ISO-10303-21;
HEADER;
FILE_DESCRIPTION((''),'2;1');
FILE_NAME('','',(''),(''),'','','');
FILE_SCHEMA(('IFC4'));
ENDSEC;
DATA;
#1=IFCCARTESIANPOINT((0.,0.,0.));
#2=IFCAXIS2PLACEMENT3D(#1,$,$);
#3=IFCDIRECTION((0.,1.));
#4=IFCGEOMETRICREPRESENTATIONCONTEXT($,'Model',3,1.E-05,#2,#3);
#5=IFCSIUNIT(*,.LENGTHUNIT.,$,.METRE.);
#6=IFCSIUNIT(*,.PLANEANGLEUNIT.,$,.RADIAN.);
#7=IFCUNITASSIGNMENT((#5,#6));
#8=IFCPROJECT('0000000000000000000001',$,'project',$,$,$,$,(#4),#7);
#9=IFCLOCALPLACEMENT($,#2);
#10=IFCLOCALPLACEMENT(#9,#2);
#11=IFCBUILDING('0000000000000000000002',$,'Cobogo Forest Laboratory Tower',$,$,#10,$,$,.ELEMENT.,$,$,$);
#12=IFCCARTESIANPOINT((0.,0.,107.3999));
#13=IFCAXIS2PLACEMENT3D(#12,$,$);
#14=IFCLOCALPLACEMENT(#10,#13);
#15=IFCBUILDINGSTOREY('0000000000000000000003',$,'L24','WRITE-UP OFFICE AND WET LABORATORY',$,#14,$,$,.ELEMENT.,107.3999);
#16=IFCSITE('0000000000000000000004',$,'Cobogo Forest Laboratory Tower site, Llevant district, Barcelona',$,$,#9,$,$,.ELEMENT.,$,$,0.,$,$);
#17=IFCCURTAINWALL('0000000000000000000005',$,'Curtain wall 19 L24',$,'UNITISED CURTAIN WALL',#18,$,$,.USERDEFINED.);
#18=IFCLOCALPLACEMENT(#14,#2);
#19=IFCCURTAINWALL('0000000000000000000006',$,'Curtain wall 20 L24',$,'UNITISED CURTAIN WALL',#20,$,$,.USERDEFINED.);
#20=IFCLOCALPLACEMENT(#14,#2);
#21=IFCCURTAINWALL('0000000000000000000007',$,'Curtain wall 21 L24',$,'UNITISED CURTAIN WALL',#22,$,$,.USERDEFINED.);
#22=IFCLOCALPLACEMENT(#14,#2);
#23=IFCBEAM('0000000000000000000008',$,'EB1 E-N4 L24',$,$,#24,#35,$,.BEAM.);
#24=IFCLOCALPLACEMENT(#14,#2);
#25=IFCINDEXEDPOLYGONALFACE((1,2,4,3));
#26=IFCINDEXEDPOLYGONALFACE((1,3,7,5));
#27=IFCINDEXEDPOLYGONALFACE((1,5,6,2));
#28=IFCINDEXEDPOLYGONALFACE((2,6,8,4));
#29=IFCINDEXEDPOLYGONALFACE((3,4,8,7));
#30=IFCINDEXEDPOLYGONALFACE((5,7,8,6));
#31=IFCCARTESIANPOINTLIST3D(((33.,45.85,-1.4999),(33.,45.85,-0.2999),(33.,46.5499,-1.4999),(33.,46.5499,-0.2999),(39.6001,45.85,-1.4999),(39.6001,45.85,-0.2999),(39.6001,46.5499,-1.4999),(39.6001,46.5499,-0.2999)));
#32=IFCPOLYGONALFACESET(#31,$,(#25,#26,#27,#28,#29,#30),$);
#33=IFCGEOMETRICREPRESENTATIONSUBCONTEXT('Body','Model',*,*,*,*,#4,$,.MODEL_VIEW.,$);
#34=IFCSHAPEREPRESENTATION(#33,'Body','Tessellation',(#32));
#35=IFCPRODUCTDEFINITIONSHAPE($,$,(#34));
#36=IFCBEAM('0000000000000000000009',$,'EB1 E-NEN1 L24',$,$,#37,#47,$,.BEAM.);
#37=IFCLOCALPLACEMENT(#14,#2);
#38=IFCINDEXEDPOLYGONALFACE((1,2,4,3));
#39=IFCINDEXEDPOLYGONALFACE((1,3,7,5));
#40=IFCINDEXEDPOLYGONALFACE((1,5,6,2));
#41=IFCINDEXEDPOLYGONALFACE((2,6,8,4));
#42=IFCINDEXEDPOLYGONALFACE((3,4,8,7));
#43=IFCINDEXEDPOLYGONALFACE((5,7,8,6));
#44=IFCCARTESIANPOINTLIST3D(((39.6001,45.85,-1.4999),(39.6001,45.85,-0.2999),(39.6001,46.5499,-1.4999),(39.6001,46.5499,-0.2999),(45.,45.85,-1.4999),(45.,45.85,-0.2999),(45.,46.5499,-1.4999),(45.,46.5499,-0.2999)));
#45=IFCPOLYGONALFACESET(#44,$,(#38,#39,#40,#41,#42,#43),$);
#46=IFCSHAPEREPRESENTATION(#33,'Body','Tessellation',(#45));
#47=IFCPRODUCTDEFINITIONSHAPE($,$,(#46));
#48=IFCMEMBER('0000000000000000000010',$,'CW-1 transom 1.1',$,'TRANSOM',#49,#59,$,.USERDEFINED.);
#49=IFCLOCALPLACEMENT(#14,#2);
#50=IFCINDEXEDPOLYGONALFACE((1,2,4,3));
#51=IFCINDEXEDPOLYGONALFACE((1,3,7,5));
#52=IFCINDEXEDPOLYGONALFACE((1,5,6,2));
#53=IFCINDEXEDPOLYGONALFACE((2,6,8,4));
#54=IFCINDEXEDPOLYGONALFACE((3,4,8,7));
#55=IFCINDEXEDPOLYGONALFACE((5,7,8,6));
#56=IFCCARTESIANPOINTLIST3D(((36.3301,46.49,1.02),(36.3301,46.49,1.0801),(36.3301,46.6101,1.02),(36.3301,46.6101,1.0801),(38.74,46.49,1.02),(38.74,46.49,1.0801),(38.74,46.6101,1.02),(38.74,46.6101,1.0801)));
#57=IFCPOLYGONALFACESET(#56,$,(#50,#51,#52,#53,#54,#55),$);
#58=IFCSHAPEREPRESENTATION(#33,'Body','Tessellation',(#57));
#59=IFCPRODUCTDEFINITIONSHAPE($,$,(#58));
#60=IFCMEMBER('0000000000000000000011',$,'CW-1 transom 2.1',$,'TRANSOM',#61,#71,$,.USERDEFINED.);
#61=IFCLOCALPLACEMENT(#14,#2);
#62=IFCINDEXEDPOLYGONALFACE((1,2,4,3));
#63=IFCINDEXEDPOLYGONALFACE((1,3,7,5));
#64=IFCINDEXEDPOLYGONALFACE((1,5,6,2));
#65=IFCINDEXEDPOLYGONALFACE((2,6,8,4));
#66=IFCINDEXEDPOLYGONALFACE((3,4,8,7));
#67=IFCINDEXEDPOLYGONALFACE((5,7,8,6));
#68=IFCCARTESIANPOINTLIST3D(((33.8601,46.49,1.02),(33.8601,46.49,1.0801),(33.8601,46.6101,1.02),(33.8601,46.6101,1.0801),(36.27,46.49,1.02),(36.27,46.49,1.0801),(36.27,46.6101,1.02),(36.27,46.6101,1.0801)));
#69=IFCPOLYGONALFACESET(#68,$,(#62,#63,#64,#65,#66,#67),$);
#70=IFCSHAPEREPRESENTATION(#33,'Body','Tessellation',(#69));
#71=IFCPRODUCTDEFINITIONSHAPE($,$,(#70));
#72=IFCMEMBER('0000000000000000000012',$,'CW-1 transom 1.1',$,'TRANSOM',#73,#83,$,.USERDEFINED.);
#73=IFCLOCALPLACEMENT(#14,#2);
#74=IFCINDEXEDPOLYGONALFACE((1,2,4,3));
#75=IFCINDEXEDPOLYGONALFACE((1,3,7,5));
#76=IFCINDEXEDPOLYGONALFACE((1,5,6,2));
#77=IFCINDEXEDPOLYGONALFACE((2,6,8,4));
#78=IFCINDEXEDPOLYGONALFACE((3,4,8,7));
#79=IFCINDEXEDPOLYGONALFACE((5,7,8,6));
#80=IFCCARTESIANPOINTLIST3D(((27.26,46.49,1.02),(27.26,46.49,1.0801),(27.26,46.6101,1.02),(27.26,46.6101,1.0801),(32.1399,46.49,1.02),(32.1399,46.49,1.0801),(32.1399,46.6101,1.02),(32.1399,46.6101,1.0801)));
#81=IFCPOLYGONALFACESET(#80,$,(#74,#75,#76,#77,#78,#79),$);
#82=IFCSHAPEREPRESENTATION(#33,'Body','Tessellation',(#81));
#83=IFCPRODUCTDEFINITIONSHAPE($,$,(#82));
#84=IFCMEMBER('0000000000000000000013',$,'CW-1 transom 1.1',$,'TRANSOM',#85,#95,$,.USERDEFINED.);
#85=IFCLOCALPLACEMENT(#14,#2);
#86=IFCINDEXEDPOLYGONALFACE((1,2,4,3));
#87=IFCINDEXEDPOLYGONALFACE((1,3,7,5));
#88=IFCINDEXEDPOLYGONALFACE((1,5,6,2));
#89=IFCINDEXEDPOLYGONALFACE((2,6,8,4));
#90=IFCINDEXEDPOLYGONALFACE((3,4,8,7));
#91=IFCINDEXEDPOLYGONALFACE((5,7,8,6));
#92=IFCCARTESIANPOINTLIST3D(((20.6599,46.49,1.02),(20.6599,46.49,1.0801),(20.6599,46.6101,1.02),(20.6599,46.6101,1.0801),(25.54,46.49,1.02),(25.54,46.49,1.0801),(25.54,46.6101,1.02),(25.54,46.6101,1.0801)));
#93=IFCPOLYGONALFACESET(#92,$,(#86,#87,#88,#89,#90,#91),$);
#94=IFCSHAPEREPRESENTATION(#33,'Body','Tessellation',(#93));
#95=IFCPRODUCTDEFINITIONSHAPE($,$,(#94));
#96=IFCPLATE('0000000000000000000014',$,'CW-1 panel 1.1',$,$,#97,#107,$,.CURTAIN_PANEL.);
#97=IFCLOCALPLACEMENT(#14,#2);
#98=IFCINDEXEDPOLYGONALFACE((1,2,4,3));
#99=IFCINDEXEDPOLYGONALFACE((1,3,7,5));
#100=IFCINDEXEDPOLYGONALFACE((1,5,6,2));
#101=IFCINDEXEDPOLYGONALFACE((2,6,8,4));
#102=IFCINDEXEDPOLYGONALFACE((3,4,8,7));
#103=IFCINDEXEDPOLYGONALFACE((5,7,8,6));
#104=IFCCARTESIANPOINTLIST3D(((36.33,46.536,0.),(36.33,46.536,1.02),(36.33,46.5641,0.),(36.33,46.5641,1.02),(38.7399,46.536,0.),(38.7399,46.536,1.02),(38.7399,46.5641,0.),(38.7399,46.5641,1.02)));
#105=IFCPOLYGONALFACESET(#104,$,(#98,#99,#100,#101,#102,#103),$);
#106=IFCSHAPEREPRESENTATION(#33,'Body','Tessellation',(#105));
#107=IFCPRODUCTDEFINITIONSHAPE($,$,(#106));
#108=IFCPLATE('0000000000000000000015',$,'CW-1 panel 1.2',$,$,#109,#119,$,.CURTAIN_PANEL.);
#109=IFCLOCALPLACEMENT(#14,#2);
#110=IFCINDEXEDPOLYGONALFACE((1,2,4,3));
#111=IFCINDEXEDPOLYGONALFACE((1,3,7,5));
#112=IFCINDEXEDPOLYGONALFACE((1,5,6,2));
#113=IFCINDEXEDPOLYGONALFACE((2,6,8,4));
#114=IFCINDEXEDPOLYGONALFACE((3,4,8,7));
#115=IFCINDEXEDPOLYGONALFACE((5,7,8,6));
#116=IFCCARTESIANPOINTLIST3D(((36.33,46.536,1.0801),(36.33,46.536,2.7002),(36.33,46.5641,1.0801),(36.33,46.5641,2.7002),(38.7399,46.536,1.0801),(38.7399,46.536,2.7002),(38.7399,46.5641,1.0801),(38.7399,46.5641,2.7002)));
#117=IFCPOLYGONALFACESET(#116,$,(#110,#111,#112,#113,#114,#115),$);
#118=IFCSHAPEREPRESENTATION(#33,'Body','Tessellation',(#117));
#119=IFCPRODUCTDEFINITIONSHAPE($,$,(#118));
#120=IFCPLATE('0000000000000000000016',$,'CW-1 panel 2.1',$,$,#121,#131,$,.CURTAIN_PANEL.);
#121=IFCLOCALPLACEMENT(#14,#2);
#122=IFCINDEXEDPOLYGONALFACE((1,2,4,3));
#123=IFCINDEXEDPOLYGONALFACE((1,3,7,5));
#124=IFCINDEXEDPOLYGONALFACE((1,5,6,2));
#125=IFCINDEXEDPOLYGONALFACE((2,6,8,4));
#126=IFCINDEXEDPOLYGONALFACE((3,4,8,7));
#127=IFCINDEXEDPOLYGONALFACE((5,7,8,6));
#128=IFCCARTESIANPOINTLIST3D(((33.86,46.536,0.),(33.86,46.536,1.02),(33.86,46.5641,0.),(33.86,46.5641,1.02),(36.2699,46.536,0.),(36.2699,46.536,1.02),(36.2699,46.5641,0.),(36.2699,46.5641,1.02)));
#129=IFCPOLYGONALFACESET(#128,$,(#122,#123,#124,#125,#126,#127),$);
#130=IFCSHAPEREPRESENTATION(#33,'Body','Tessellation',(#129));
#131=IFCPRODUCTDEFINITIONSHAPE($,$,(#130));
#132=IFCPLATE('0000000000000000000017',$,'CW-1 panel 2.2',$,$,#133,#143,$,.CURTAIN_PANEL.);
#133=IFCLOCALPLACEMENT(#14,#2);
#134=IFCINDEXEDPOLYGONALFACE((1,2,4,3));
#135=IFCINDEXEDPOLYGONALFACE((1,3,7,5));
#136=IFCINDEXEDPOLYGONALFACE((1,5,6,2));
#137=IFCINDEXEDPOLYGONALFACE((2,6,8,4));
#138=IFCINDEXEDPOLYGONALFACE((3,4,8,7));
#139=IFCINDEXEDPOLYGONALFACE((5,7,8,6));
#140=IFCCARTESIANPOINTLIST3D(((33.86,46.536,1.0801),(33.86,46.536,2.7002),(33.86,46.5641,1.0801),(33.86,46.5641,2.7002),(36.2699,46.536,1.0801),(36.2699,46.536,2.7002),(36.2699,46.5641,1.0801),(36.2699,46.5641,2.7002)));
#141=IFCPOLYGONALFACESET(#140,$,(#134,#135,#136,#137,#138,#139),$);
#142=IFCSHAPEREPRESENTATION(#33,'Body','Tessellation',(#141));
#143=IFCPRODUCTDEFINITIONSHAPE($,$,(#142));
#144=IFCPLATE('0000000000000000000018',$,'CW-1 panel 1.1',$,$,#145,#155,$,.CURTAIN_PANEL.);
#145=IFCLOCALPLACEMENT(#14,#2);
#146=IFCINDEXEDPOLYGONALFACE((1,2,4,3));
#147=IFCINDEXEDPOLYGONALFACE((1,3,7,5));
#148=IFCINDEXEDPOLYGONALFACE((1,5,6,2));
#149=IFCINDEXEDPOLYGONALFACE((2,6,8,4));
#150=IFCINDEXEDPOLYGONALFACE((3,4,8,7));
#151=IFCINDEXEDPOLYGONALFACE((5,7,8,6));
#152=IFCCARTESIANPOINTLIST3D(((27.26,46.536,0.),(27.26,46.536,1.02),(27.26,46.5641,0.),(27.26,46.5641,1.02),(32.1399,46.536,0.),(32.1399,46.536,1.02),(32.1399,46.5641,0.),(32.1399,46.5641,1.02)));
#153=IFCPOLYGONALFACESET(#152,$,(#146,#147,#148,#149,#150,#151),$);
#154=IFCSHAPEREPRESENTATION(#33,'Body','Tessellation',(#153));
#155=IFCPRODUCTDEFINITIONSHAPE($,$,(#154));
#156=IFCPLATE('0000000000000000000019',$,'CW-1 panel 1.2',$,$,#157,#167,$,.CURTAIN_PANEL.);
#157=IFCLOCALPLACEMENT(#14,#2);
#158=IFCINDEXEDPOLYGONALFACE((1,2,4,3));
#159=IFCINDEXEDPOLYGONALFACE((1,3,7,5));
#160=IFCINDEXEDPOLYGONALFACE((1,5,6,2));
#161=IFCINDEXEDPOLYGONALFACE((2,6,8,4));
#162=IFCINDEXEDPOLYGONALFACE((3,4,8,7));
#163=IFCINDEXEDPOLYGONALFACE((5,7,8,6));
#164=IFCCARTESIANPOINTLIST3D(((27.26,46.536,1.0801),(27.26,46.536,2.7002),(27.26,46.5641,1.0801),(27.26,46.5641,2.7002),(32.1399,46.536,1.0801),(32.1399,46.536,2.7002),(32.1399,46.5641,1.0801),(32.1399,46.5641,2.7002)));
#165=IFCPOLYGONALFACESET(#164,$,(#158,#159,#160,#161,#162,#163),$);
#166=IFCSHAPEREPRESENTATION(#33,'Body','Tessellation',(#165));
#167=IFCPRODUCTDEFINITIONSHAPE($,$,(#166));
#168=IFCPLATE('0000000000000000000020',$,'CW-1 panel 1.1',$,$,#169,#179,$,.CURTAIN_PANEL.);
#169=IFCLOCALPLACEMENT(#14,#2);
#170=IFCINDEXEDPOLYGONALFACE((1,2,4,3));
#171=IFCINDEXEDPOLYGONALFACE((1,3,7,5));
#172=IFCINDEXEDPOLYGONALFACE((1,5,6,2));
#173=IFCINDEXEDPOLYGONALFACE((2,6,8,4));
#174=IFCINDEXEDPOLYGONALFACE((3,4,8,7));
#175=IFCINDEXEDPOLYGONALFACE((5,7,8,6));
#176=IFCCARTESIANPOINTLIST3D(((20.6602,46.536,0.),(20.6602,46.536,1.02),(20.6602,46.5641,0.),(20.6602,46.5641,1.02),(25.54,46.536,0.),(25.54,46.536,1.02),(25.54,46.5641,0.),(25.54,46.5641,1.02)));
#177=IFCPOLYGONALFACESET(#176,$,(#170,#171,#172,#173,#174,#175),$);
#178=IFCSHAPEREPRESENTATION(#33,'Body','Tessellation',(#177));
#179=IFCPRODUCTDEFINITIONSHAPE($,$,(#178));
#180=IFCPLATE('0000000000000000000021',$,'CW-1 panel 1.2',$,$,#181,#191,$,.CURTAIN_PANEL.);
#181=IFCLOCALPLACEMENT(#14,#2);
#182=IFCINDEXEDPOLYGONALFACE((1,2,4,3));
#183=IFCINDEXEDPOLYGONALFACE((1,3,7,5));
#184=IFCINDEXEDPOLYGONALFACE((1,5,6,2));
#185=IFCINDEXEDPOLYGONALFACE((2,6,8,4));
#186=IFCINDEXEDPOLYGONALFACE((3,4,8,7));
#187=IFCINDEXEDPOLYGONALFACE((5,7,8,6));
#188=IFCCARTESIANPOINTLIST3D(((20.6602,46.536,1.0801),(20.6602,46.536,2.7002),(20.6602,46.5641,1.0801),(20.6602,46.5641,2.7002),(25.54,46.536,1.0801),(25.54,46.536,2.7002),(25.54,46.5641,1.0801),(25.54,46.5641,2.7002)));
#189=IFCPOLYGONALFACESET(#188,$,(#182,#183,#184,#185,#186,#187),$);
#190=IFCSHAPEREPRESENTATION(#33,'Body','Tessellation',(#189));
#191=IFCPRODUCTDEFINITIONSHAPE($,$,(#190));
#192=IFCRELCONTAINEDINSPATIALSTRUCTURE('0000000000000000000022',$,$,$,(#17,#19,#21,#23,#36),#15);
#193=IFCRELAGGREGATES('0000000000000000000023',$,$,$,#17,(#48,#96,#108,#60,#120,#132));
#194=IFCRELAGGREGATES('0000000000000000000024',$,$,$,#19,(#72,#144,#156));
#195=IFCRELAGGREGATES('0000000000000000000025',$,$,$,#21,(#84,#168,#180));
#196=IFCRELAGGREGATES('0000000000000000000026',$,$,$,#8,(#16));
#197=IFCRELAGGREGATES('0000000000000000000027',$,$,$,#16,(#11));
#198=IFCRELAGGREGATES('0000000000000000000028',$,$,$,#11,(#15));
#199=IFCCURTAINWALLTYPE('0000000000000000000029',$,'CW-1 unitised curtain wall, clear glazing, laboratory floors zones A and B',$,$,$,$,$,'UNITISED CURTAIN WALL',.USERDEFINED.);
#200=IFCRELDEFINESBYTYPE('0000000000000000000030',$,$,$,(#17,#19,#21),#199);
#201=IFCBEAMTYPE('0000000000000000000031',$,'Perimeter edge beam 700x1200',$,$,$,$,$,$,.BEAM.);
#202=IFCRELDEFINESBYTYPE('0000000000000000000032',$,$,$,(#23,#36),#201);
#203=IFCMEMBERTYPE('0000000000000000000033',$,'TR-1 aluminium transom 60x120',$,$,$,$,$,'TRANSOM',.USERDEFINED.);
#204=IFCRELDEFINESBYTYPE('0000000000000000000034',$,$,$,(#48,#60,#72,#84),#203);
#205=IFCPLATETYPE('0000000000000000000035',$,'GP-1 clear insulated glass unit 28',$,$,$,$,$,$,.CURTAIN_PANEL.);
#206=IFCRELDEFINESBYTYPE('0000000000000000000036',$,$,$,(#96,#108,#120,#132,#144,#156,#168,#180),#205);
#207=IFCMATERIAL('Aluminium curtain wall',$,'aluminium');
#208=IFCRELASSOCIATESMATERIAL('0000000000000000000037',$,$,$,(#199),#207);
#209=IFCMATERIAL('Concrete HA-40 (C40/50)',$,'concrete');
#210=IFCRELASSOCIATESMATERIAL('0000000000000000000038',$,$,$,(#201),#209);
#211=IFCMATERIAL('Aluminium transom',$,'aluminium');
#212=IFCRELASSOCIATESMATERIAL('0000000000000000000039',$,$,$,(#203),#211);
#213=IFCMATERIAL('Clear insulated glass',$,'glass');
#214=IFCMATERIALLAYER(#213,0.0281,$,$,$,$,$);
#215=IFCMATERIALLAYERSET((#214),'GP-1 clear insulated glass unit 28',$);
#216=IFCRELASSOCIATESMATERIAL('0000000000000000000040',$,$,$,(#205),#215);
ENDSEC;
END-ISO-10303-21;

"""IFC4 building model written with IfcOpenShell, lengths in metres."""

from ifc_helpers import new_model, si_unit, direction, frame, origin, origin_2d, place, context, subcontext, project, spatial, rectangle, extrude, material, layer, layer_set, material_profile, profile_set, type_object, element, aggregate, save


model = new_model("IFC4")

# Units and contexts
model_context = context("Model", 3, precision=1e-05, world=origin(), true_north=direction((0.0, 1.0)))
body_context = subcontext(model_context, "Body", "Model", "MODEL_VIEW")
ifc_project = project(units=[si_unit("LENGTHUNIT", "METRE"), si_unit("PLANEANGLEUNIT", "RADIAN")], contexts=[model_context])

# Site, building, storey
site_placement = place(None, origin())
site = spatial("IfcSite", under=ifc_project, at=site_placement, Name="Cobogo Forest Laboratory Tower site, Llevant district, Barcelona", CompositionType="ELEMENT", RefElevation=0.0)
building_placement = place(site_placement, origin())
building = spatial("IfcBuilding", under=site, at=building_placement, Name="Cobogo Forest Laboratory Tower", CompositionType="ELEMENT")
storey_placement = place(building_placement, frame((0.0, 0.0, 107.3999)))
storey = spatial("IfcBuildingStorey", under=building, at=storey_placement, Name="L24", Description="WRITE-UP OFFICE AND WET LABORATORY", CompositionType="ELEMENT", Elevation=107.3999)

# Shared definitions
ifc_material_1 = material(Name="Concrete HA-40 (C40/50)", Category="concrete")

# Shared definitions
ifc_material_2 = material(Name="Aluminium curtain wall", Category="aluminium")
curtain_wall_type = type_object("IfcCurtainWallType", Name="CW-1 unitised curtain wall, clear glazing, laboratory floors zones A and B", ElementType="UNITISED CURTAIN WALL", PredefinedType="USERDEFINED", material=ifc_material_2)

# Curtain walls
curtain_wall_1_placement = place(storey_placement, origin())
curtain_wall_1 = element("IfcCurtainWall", 1, at=curtain_wall_1_placement, inside=storey, type_object=curtain_wall_type, Name="Curtain wall 19 L24", ObjectType="UNITISED CURTAIN WALL", PredefinedType="USERDEFINED")
curtain_wall_2_placement = place(storey_placement, origin())
curtain_wall_2 = element("IfcCurtainWall", 2, at=curtain_wall_2_placement, inside=storey, type_object=curtain_wall_type, Name="Curtain wall 20 L24", ObjectType="UNITISED CURTAIN WALL", PredefinedType="USERDEFINED")
curtain_wall_3_placement = place(storey_placement, origin())
curtain_wall_3 = element("IfcCurtainWall", 3, at=curtain_wall_3_placement, inside=storey, type_object=curtain_wall_type, Name="Curtain wall 21 L24", ObjectType="UNITISED CURTAIN WALL", PredefinedType="USERDEFINED")

# Beams
ifc_material_profile_1 = material_profile(ifc_material_1, rectangle(XDim=0.7, YDim=1.2, at=origin_2d()), Name="RC 700x1200")
ifc_profile_set_1 = profile_set([ifc_material_profile_1], Name="Concrete HA-40 (C40/50)")
beam_type_1 = type_object("IfcBeamType", Name="Perimeter edge beam 700x1200", PredefinedType="BEAM", material=ifc_profile_set_1)
for number, where, z_axis, x_axis, name in (
    (4, (33.0, 46.2, -0.8999), (1.0, 0.0, 0.0), (0.0, 1.0, 0.0), "EB1 E-N4 L24"),
):
    element("IfcBeam", number, at=place(storey_placement, frame(where, z_axis=z_axis, x_axis=x_axis)), inside=storey, type_object=beam_type_1, Name=name, PredefinedType="BEAM", context=body_context, shape_type="SweptSolid", body=[
        extrude(rectangle(XDim=0.7, YDim=1.2, at=origin_2d()), origin(), (0.0, 0.0, 1.0), 6.6001),
    ])
beam_1_placement = place(storey_placement, frame((39.6001, 46.2, -0.8999), z_axis=(1.0, 0.0, 0.0), x_axis=(0.0, 1.0, 0.0)))
element("IfcBeam", 5, at=beam_1_placement, inside=storey, type_object=beam_type_1, Name="EB1 E-NEN1 L24", PredefinedType="BEAM", context=body_context, shape_type="SweptSolid", body=[
    extrude(rectangle(XDim=0.7, YDim=1.2, at=origin_2d()), origin(), (0.0, 0.0, 1.0), 5.3999),
])

# Members
ifc_material_3 = material(Name="Aluminium transom", Category="aluminium")
ifc_material_profile_2 = material_profile(ifc_material_3, rectangle(XDim=0.1201, YDim=0.0601, at=origin_2d()), Name="AL 60x120")
ifc_profile_set_2 = profile_set([ifc_material_profile_2], Name="Aluminium transom")
member_type_1 = type_object("IfcMemberType", Name="TR-1 aluminium transom 60x120", ElementType="TRANSOM", PredefinedType="USERDEFINED", material=ifc_profile_set_2)
member_1_placement = place(storey_placement, frame((38.74, 46.55, 1.05), z_axis=(-1.0, 0.0, 0.0), x_axis=(0.0, -1.0, 0.0)))
member_1 = element("IfcMember", 6, at=member_1_placement, type_object=member_type_1, Name="CW-1 transom 1.1", ObjectType="TRANSOM", PredefinedType="USERDEFINED", context=body_context, shape_type="SweptSolid", body=[
    extrude(rectangle(XDim=0.1201, YDim=0.0601, at=origin_2d()), origin(), (0.0, 0.0, 1.0), 2.4099),
])
member_2_placement = place(storey_placement, frame((36.27, 46.55, 1.05), z_axis=(-1.0, 0.0, 0.0), x_axis=(0.0, -1.0, 0.0)))
member_2 = element("IfcMember", 7, at=member_2_placement, type_object=member_type_1, Name="CW-1 transom 2.1", ObjectType="TRANSOM", PredefinedType="USERDEFINED", context=body_context, shape_type="SweptSolid", body=[
    extrude(rectangle(XDim=0.1201, YDim=0.0601, at=origin_2d()), origin(), (0.0, 0.0, 1.0), 2.4099),
])
member_3_placement = place(storey_placement, frame((32.1399, 46.55, 1.05), z_axis=(-1.0, 0.0, 0.0), x_axis=(0.0, -1.0, 0.0)))
member_3 = element("IfcMember", 8, at=member_3_placement, type_object=member_type_1, Name="CW-1 transom 1.1", ObjectType="TRANSOM", PredefinedType="USERDEFINED", context=body_context, shape_type="SweptSolid", body=[
    extrude(rectangle(XDim=0.1201, YDim=0.0601, at=origin_2d()), origin(), (0.0, 0.0, 1.0), 4.8799),
])
member_4_placement = place(storey_placement, frame((25.54, 46.55, 1.05), z_axis=(-1.0, 0.0, 0.0), x_axis=(0.0, -1.0, 0.0)))
member_4 = element("IfcMember", 9, at=member_4_placement, type_object=member_type_1, Name="CW-1 transom 1.1", ObjectType="TRANSOM", PredefinedType="USERDEFINED", context=body_context, shape_type="SweptSolid", body=[
    extrude(rectangle(XDim=0.1201, YDim=0.0601, at=origin_2d()), origin(), (0.0, 0.0, 1.0), 4.8801),
])

# Plates
ifc_material_4 = material(Name="Clear insulated glass", Category="glass")
ifc_layer_1 = layer(ifc_material_4, 0.0281)
ifc_layer_set_1 = layer_set([ifc_layer_1], Name="GP-1 clear insulated glass unit 28")
plate_type_1 = type_object("IfcPlateType", Name="GP-1 clear insulated glass unit 28", PredefinedType="CURTAIN_PANEL", material=ifc_layer_set_1)
plate_1_placement = place(storey_placement, frame((37.5349, 46.55, 0.0), z_axis=(0.0, 0.0, 1.0), x_axis=(-1.0, 0.0, 0.0)))
plate_1 = element("IfcPlate", 10, at=plate_1_placement, type_object=plate_type_1, Name="CW-1 panel 1.1", PredefinedType="CURTAIN_PANEL", context=body_context, shape_type="SweptSolid", body=[
    extrude(rectangle(XDim=2.4099, YDim=0.0281, at=origin_2d()), origin(), (0.0, 0.0, 1.0), 1.02),
])
plate_2_placement = place(storey_placement, frame((37.5349, 46.55, 1.0801), z_axis=(0.0, 0.0, 1.0), x_axis=(-1.0, 0.0, 0.0)))
plate_2 = element("IfcPlate", 11, at=plate_2_placement, type_object=plate_type_1, Name="CW-1 panel 1.2", PredefinedType="CURTAIN_PANEL", context=body_context, shape_type="SweptSolid", body=[
    extrude(rectangle(XDim=2.4099, YDim=0.0281, at=origin_2d()), origin(), (0.0, 0.0, 1.0), 1.6201),
])
plate_3_placement = place(storey_placement, frame((35.0649, 46.55, 0.0), z_axis=(0.0, 0.0, 1.0), x_axis=(-1.0, 0.0, 0.0)))
plate_3 = element("IfcPlate", 12, at=plate_3_placement, type_object=plate_type_1, Name="CW-1 panel 2.1", PredefinedType="CURTAIN_PANEL", context=body_context, shape_type="SweptSolid", body=[
    extrude(rectangle(XDim=2.4099, YDim=0.0281, at=origin_2d()), origin(), (0.0, 0.0, 1.0), 1.02),
])
plate_4_placement = place(storey_placement, frame((35.0649, 46.55, 1.0801), z_axis=(0.0, 0.0, 1.0), x_axis=(-1.0, 0.0, 0.0)))
plate_4 = element("IfcPlate", 13, at=plate_4_placement, type_object=plate_type_1, Name="CW-1 panel 2.2", PredefinedType="CURTAIN_PANEL", context=body_context, shape_type="SweptSolid", body=[
    extrude(rectangle(XDim=2.4099, YDim=0.0281, at=origin_2d()), origin(), (0.0, 0.0, 1.0), 1.6201),
])
aggregate(curtain_wall_1, [member_1, plate_1, plate_2, member_2, plate_3, plate_4])
plate_5_placement = place(storey_placement, frame((29.7, 46.55, 0.0), z_axis=(0.0, 0.0, 1.0), x_axis=(-1.0, 0.0, 0.0)))
plate_5 = element("IfcPlate", 14, at=plate_5_placement, type_object=plate_type_1, Name="CW-1 panel 1.1", PredefinedType="CURTAIN_PANEL", context=body_context, shape_type="SweptSolid", body=[
    extrude(rectangle(XDim=4.8799, YDim=0.0281, at=origin_2d()), origin(), (0.0, 0.0, 1.0), 1.02),
])
plate_6_placement = place(storey_placement, frame((29.7, 46.55, 1.0801), z_axis=(0.0, 0.0, 1.0), x_axis=(-1.0, 0.0, 0.0)))
plate_6 = element("IfcPlate", 15, at=plate_6_placement, type_object=plate_type_1, Name="CW-1 panel 1.2", PredefinedType="CURTAIN_PANEL", context=body_context, shape_type="SweptSolid", body=[
    extrude(rectangle(XDim=4.8799, YDim=0.0281, at=origin_2d()), origin(), (0.0, 0.0, 1.0), 1.6201),
])
aggregate(curtain_wall_2, [member_3, plate_5, plate_6])
plate_7_placement = place(storey_placement, frame((23.1001, 46.55, 0.0), z_axis=(0.0, 0.0, 1.0), x_axis=(-1.0, 0.0, 0.0)))
plate_7 = element("IfcPlate", 16, at=plate_7_placement, type_object=plate_type_1, Name="CW-1 panel 1.1", PredefinedType="CURTAIN_PANEL", context=body_context, shape_type="SweptSolid", body=[
    extrude(rectangle(XDim=4.8799, YDim=0.0281, at=origin_2d()), origin(), (0.0, 0.0, 1.0), 1.02),
])
plate_8_placement = place(storey_placement, frame((23.1001, 46.55, 1.0801), z_axis=(0.0, 0.0, 1.0), x_axis=(-1.0, 0.0, 0.0)))
plate_8 = element("IfcPlate", 17, at=plate_8_placement, type_object=plate_type_1, Name="CW-1 panel 1.2", PredefinedType="CURTAIN_PANEL", context=body_context, shape_type="SweptSolid", body=[
    extrude(rectangle(XDim=4.8799, YDim=0.0281, at=origin_2d()), origin(), (0.0, 0.0, 1.0), 1.6201),
])
aggregate(curtain_wall_3, [member_4, plate_7, plate_8])

save(model, "model.ifc")
